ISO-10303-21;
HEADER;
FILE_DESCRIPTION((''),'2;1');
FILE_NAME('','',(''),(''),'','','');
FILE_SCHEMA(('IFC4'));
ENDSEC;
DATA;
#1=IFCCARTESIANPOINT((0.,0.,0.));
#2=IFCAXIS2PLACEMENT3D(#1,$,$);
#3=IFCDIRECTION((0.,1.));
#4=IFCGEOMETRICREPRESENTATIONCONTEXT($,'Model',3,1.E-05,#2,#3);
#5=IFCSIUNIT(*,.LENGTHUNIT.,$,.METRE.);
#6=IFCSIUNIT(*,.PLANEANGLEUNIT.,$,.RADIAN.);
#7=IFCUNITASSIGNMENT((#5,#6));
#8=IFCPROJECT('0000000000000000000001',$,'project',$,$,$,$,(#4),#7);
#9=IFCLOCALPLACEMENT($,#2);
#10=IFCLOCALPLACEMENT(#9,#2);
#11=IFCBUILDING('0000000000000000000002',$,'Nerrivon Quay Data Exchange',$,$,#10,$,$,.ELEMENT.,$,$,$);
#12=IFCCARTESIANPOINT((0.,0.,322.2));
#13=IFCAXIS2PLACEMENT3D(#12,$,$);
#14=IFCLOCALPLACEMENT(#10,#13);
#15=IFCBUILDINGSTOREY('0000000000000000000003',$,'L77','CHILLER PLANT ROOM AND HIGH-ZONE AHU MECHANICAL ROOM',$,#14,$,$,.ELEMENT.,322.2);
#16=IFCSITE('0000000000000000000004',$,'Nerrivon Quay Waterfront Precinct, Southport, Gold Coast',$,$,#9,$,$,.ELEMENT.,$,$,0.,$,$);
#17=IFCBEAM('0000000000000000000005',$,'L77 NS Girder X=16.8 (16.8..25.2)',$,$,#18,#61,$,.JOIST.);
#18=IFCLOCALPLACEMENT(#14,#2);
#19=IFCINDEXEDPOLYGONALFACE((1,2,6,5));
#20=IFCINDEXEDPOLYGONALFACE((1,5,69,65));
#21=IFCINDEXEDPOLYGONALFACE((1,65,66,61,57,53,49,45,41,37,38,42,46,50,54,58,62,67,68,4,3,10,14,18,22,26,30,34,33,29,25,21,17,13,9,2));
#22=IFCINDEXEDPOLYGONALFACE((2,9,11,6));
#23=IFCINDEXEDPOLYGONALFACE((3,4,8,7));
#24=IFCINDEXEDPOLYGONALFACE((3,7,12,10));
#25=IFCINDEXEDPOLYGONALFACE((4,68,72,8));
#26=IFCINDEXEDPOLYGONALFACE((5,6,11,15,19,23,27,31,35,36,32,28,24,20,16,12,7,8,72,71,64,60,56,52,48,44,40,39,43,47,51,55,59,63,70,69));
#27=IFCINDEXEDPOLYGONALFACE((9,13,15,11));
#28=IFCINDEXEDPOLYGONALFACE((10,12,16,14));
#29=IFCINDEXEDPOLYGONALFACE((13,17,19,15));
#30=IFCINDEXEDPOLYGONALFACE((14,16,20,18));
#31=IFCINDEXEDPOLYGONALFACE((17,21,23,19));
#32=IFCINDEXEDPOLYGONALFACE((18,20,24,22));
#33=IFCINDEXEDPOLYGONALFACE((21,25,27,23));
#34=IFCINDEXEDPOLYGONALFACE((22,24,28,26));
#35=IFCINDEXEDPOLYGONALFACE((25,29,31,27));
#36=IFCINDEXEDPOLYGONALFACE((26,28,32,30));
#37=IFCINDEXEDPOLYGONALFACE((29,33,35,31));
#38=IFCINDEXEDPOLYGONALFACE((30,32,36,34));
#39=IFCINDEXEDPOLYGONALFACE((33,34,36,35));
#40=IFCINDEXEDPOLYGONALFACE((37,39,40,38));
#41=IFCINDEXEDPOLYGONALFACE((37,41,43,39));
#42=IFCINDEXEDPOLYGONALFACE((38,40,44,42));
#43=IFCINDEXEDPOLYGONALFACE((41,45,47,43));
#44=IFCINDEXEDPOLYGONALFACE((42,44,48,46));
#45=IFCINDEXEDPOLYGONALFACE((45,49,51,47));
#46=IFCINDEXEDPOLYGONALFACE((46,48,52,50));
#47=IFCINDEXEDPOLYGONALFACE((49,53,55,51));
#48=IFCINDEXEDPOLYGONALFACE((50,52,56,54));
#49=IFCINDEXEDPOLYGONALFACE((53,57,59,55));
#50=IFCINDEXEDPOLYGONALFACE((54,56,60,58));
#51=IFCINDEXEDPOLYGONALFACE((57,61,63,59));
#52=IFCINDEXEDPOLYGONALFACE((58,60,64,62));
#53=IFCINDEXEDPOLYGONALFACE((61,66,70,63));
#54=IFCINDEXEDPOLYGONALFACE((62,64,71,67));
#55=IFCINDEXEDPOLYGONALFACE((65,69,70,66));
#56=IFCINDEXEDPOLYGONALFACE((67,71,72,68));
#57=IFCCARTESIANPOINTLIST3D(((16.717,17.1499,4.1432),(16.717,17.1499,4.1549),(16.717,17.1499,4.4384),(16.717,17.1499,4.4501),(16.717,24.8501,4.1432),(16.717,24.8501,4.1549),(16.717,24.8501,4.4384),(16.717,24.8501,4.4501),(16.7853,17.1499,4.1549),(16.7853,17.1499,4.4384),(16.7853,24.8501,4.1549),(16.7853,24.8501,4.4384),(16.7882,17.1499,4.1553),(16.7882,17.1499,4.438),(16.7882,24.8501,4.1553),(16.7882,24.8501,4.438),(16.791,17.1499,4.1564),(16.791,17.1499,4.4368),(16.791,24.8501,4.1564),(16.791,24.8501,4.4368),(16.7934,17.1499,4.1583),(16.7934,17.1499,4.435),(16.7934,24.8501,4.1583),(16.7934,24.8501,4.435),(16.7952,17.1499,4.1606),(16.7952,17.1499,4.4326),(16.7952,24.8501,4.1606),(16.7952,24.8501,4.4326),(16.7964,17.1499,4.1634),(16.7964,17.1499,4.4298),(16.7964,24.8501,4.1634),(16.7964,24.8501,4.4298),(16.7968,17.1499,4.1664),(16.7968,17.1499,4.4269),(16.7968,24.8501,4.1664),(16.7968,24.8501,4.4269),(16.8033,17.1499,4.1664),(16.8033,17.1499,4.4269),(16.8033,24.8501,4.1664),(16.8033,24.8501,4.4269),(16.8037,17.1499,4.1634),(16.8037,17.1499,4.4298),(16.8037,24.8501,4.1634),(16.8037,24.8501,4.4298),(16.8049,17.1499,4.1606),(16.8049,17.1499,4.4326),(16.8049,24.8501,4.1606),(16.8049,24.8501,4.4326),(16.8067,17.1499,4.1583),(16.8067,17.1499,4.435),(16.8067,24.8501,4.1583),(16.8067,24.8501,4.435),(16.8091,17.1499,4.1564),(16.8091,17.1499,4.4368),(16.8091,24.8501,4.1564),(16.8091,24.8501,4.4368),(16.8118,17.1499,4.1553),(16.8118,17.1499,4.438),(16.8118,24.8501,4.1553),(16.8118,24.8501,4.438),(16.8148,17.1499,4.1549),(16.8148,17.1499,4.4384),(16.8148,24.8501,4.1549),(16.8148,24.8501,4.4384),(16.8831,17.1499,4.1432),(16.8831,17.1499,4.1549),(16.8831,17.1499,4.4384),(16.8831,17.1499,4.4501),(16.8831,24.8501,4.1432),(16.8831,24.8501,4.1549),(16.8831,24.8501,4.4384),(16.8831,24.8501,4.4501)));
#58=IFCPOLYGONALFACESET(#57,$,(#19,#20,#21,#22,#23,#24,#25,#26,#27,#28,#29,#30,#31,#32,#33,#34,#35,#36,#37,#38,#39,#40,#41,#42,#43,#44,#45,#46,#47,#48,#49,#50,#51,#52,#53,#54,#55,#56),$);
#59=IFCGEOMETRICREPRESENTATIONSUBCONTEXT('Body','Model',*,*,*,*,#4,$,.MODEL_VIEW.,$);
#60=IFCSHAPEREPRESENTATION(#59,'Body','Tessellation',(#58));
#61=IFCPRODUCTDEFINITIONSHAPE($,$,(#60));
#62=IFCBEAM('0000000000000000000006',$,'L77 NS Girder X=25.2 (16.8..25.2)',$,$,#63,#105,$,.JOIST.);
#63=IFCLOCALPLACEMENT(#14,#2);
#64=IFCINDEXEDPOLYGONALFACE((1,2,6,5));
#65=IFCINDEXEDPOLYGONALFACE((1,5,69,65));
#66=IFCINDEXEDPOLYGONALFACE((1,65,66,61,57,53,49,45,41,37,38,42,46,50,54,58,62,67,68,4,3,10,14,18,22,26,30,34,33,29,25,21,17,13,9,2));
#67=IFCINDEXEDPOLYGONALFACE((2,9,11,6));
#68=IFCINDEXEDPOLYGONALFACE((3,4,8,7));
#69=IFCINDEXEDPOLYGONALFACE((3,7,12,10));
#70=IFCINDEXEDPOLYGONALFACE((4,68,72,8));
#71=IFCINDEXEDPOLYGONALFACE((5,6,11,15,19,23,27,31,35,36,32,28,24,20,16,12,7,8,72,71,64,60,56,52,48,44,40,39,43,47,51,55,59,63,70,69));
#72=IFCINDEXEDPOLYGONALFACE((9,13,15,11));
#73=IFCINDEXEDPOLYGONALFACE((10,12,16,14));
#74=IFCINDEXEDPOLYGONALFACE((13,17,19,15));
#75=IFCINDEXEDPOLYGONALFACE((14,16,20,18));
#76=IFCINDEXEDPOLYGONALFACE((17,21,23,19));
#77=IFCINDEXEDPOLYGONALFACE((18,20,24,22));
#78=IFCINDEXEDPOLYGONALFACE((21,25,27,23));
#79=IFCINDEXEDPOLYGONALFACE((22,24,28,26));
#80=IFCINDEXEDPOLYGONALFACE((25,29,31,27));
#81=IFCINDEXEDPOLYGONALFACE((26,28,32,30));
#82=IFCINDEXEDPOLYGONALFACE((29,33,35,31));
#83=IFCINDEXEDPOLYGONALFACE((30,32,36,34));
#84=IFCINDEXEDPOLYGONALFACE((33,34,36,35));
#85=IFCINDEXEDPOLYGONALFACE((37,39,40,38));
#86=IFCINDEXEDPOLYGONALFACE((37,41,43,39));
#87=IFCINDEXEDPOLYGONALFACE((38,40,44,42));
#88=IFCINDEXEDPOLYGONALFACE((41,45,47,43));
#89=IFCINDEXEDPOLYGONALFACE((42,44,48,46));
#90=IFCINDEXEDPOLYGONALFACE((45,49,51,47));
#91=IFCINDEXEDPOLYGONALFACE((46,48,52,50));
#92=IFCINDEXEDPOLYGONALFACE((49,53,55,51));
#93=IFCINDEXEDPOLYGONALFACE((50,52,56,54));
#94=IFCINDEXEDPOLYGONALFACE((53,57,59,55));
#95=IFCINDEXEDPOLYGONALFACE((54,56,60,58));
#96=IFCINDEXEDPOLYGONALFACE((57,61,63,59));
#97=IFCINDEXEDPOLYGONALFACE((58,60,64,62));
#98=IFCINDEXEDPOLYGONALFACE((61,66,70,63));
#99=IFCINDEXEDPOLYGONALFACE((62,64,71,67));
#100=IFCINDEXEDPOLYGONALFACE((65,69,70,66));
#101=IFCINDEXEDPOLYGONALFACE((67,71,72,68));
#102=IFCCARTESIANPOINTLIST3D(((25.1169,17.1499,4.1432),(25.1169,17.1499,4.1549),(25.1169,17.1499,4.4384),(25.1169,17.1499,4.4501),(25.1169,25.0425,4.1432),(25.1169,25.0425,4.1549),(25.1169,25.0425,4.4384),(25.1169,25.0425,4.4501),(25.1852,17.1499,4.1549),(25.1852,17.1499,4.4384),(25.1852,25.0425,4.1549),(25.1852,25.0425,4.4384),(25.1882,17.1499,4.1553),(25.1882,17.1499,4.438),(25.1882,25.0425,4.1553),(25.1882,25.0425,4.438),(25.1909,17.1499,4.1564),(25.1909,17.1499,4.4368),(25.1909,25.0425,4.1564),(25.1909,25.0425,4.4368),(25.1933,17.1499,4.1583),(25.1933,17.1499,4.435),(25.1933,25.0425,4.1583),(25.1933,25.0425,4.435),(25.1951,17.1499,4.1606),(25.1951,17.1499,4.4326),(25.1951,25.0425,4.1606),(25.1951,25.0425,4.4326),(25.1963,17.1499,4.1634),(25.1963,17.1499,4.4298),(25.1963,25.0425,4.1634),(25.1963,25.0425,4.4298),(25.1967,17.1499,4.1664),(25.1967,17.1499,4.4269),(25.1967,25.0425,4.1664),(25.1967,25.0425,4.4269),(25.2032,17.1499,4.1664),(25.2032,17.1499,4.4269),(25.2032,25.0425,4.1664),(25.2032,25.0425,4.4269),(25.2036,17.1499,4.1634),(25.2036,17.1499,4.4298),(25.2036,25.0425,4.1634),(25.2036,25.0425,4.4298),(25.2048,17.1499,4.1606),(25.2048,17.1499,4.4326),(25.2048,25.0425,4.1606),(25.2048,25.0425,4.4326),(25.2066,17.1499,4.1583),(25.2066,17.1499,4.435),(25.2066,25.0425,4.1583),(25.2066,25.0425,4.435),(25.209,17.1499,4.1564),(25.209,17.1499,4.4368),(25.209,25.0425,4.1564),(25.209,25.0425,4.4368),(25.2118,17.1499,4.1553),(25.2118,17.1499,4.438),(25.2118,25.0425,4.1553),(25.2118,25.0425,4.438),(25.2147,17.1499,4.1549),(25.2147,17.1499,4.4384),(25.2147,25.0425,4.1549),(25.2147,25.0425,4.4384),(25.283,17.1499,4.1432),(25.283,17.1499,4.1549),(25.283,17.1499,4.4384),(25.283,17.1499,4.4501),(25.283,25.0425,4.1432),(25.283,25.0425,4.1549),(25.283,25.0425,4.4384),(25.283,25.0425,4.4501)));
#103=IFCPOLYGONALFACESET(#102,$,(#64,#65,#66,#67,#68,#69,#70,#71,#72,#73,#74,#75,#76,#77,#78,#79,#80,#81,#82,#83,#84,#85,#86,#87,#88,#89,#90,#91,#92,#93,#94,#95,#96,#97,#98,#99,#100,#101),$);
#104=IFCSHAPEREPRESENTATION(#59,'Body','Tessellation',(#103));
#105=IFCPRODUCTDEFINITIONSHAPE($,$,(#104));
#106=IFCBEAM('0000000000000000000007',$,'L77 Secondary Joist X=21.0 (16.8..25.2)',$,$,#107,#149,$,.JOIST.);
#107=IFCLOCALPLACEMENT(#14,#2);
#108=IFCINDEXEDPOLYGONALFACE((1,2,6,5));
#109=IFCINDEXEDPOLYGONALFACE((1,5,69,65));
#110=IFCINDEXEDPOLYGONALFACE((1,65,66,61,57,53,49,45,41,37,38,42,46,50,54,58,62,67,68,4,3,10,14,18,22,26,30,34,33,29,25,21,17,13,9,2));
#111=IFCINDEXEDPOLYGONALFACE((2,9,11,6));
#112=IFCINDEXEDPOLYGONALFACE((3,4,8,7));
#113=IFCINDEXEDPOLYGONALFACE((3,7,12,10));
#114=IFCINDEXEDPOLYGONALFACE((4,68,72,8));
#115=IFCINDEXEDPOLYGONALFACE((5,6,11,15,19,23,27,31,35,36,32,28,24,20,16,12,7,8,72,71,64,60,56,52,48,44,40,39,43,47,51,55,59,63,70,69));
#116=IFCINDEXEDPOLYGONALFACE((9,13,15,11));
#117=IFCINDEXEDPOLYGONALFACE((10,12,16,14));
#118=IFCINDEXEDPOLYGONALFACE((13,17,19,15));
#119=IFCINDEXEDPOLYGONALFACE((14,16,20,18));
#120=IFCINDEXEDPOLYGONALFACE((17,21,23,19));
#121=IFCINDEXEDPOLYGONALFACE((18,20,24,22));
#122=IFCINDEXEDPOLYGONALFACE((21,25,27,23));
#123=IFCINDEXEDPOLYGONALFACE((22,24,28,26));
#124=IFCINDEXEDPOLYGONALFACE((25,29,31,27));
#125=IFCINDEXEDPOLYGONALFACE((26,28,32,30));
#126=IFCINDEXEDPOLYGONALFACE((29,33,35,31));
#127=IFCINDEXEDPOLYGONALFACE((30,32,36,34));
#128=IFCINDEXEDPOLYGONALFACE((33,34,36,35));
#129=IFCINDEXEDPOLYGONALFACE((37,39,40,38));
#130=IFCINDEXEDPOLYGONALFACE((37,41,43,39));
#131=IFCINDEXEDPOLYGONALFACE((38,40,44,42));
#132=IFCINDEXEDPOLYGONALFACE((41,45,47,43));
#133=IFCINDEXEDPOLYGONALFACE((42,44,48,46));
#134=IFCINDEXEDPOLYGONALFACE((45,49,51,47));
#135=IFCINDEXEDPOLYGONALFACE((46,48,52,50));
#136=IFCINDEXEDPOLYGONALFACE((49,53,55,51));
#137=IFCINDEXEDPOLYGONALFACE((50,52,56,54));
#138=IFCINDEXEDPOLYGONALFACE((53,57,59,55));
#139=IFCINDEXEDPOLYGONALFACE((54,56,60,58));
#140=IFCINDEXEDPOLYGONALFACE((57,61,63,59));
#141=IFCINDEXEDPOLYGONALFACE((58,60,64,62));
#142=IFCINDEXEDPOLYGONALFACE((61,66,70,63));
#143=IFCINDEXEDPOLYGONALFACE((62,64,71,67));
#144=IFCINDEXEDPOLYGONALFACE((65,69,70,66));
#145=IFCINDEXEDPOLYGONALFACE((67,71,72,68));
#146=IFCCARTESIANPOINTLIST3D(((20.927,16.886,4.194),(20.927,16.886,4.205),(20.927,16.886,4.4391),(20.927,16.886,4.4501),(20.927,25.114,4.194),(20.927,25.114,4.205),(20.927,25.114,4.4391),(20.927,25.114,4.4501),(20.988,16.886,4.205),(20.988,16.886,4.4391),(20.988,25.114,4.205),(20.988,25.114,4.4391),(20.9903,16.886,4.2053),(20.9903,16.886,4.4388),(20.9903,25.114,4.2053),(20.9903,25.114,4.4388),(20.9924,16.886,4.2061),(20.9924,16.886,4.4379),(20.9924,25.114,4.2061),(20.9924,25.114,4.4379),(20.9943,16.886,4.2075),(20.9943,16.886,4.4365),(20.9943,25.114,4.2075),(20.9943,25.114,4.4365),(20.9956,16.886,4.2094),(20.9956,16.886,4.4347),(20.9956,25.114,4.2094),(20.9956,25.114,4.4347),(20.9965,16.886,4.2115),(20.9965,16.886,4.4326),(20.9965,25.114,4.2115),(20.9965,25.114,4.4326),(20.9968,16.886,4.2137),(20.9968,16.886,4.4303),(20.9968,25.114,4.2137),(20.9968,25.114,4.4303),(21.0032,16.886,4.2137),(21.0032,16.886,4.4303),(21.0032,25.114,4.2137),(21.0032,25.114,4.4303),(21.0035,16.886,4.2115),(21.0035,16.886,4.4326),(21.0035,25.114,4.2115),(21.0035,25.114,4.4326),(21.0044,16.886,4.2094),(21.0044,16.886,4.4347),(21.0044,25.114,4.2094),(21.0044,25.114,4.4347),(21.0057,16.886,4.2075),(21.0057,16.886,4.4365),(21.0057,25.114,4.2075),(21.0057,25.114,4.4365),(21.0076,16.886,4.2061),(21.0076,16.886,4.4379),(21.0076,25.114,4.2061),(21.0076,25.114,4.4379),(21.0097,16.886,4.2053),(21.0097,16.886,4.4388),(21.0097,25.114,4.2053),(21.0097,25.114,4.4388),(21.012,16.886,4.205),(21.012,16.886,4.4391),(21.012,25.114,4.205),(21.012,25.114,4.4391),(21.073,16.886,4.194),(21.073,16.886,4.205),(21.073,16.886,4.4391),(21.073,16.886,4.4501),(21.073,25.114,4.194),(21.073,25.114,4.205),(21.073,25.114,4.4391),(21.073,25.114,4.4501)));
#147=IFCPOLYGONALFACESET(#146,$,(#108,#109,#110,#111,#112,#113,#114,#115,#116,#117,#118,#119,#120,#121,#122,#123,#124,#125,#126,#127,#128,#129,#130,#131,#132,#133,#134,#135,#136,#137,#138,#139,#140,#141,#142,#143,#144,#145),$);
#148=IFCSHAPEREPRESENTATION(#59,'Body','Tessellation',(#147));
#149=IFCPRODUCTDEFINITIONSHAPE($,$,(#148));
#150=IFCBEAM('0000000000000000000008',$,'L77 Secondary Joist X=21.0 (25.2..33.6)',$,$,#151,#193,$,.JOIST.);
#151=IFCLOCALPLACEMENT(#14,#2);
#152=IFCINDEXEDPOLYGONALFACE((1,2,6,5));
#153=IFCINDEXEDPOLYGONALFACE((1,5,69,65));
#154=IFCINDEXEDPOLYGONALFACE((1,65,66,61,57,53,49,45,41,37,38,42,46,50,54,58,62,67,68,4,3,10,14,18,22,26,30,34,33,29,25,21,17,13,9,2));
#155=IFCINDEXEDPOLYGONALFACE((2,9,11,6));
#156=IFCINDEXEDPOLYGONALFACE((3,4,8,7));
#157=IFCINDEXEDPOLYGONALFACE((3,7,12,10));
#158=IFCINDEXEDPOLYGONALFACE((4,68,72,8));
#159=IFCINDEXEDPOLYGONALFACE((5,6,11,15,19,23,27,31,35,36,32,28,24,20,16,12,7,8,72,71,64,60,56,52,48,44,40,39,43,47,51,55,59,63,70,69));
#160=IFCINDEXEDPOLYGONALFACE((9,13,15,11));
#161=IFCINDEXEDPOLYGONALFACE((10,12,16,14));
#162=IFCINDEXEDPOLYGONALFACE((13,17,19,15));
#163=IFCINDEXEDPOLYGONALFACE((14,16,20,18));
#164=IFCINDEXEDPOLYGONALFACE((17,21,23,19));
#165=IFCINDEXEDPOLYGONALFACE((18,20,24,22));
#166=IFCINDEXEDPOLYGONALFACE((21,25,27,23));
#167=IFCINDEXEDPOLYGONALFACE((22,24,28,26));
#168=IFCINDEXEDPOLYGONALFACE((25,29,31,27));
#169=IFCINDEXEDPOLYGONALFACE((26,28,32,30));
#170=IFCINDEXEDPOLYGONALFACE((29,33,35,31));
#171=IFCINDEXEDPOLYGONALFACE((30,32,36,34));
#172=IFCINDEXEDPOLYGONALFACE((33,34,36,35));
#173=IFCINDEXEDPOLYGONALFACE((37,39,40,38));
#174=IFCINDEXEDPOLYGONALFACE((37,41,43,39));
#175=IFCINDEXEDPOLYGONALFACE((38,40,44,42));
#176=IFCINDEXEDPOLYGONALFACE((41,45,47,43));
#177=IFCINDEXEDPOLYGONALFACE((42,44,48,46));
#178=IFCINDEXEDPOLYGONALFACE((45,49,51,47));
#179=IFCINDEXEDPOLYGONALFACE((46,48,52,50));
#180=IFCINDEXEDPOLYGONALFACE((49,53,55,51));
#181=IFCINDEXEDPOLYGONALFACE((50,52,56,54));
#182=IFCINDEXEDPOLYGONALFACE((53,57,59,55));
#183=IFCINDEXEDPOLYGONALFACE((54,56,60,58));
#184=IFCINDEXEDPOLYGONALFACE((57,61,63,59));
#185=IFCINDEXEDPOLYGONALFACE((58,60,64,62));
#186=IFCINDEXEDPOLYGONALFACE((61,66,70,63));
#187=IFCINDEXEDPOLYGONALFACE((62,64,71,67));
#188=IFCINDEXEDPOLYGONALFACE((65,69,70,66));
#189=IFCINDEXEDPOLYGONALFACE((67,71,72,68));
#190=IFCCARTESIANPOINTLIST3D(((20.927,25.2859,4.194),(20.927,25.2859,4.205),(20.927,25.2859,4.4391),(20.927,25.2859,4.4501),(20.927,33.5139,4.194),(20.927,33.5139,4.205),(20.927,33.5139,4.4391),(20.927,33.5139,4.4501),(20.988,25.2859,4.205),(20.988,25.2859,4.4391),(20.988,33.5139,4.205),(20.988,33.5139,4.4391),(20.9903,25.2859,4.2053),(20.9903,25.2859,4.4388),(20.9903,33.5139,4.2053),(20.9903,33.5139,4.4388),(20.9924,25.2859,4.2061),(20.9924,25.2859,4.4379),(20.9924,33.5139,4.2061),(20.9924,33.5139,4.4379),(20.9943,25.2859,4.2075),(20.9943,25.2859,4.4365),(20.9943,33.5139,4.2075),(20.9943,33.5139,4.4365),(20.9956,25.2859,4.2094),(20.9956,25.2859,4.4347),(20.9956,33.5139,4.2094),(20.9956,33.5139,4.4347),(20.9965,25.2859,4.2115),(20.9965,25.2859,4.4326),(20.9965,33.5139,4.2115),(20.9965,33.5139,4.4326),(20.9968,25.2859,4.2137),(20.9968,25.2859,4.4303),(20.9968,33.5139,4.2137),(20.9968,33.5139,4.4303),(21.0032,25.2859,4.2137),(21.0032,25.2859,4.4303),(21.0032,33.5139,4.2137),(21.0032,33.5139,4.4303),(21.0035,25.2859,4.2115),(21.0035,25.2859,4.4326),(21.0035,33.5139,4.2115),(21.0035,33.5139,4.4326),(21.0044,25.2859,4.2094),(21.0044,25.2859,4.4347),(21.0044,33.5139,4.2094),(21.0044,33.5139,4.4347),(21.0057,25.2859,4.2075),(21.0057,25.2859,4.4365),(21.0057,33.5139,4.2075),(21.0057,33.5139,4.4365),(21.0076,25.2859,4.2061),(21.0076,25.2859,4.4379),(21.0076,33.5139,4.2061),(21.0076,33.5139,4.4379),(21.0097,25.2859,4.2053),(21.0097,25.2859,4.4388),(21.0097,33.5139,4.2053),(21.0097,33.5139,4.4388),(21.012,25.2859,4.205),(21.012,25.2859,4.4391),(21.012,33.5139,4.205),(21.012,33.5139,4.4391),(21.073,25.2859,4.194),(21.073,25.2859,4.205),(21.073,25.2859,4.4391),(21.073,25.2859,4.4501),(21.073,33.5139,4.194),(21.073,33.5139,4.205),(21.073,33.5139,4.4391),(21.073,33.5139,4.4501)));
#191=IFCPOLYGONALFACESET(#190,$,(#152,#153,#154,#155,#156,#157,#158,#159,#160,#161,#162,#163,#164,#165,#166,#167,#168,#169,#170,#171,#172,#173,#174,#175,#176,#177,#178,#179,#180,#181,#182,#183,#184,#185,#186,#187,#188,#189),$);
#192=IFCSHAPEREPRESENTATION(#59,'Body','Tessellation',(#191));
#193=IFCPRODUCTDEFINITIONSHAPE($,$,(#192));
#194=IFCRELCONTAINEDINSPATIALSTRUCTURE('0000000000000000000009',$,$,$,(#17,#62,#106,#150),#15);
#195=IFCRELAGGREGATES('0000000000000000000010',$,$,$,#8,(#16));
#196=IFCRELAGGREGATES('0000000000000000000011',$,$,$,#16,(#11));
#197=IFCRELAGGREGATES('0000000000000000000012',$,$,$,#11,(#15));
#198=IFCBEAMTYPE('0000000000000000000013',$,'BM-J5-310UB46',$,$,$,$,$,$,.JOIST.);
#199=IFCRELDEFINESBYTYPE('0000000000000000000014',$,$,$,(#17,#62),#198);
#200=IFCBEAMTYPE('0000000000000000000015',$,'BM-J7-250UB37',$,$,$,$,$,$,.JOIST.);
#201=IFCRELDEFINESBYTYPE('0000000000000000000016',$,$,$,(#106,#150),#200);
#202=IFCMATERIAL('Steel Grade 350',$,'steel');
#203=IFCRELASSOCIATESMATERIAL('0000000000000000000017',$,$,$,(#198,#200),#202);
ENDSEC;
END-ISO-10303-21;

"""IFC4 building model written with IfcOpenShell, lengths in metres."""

from ifc_helpers import new_model, si_unit, direction, frame, origin, origin_2d, place, context, subcontext, project, spatial, i_section, extrude, material, material_profile, profile_set, type_object, element, save


model = new_model("IFC4")

# Units and contexts
model_context = context("Model", 3, precision=1e-05, world=origin(), true_north=direction((0.0, 1.0)))
body_context = subcontext(model_context, "Body", "Model", "MODEL_VIEW")
ifc_project = project(units=[si_unit("LENGTHUNIT", "METRE"), si_unit("PLANEANGLEUNIT", "RADIAN")], contexts=[model_context])

# Site, building, storey
site_placement = place(None, origin())
site = spatial("IfcSite", under=ifc_project, at=site_placement, Name="Nerrivon Quay Waterfront Precinct, Southport, Gold Coast", CompositionType="ELEMENT", RefElevation=0.0)
building_placement = place(site_placement, origin())
building = spatial("IfcBuilding", under=site, at=building_placement, Name="Nerrivon Quay Data Exchange", CompositionType="ELEMENT")
storey_placement = place(building_placement, frame((0.0, 0.0, 322.2)))
storey = spatial("IfcBuildingStorey", under=building, at=storey_placement, Name="L77", Description="CHILLER PLANT ROOM AND HIGH-ZONE AHU MECHANICAL ROOM", CompositionType="ELEMENT", Elevation=322.2)

# Shared definitions
ifc_material_1 = material(Name="Steel Grade 350", Category="steel")

# Beams
ifc_material_profile_1 = material_profile(ifc_material_1, i_section(OverallWidth=0.166, OverallDepth=0.3069, WebThickness=0.0066, FlangeThickness=0.0117, FilletRadius=0.0115, at=origin_2d()), Name="310UB46.2")
ifc_profile_set_1 = profile_set([ifc_material_profile_1], Name="Steel Grade 350")
beam_type_1 = type_object("IfcBeamType", Name="BM-J5-310UB46", PredefinedType="JOIST", material=ifc_profile_set_1)
beam_1_placement = place(storey_placement, frame((16.8, 17.1499, 4.2966), z_axis=(0.0, 1.0, 0.0), x_axis=(-1.0, 0.0, 0.0)))
element("IfcBeam", 1, at=beam_1_placement, inside=storey, type_object=beam_type_1, Name="L77 NS Girder X=16.8 (16.8..25.2)", PredefinedType="JOIST", context=body_context, shape_type="SweptSolid", body=[
    extrude(i_section(OverallWidth=0.166, OverallDepth=0.3069, WebThickness=0.0066, FlangeThickness=0.0117, FilletRadius=0.0115, at=origin_2d()), origin(), (0.0, 0.0, 1.0), 7.7002),
])
beam_2_placement = place(storey_placement, frame((25.2, 17.1499, 4.2966), z_axis=(0.0, 1.0, 0.0), x_axis=(-1.0, 0.0, 0.0)))
element("IfcBeam", 2, at=beam_2_placement, inside=storey, type_object=beam_type_1, Name="L77 NS Girder X=25.2 (16.8..25.2)", PredefinedType="JOIST", context=body_context, shape_type="SweptSolid", body=[
    extrude(i_section(OverallWidth=0.166, OverallDepth=0.3069, WebThickness=0.0066, FlangeThickness=0.0117, FilletRadius=0.0115, at=origin_2d()), origin(), (0.0, 0.0, 1.0), 7.8926),
])
ifc_material_profile_2 = material_profile(ifc_material_1, i_section(OverallWidth=0.146, OverallDepth=0.2561, WebThickness=0.0063, FlangeThickness=0.011, FilletRadius=0.0088, at=origin_2d()), Name="250UB37.3")
ifc_profile_set_2 = profile_set([ifc_material_profile_2], Name="Steel Grade 350")
beam_type_2 = type_object("IfcBeamType", Name="BM-J7-250UB37", PredefinedType="JOIST", material=ifc_profile_set_2)
for number, where, z_axis, x_axis, name in (
    (3, (21.0, 16.886, 4.322), (0.0, 1.0, 0.0), (-1.0, 0.0, 0.0), "L77 Secondary Joist X=21.0 (16.8..25.2)"),
    (4, (21.0, 25.2859, 4.322), (0.0, 1.0, 0.0), (-1.0, 0.0, 0.0), "L77 Secondary Joist X=21.0 (25.2..33.6)"),
):
    element("IfcBeam", number, at=place(storey_placement, frame(where, z_axis=z_axis, x_axis=x_axis)), inside=storey, type_object=beam_type_2, Name=name, PredefinedType="JOIST", context=body_context, shape_type="SweptSolid", body=[
        extrude(i_section(OverallWidth=0.146, OverallDepth=0.2561, WebThickness=0.0063, FlangeThickness=0.011, FilletRadius=0.0088, at=origin_2d()), origin(), (0.0, 0.0, 1.0), 8.228),
    ])

save(model, "model.ifc")
